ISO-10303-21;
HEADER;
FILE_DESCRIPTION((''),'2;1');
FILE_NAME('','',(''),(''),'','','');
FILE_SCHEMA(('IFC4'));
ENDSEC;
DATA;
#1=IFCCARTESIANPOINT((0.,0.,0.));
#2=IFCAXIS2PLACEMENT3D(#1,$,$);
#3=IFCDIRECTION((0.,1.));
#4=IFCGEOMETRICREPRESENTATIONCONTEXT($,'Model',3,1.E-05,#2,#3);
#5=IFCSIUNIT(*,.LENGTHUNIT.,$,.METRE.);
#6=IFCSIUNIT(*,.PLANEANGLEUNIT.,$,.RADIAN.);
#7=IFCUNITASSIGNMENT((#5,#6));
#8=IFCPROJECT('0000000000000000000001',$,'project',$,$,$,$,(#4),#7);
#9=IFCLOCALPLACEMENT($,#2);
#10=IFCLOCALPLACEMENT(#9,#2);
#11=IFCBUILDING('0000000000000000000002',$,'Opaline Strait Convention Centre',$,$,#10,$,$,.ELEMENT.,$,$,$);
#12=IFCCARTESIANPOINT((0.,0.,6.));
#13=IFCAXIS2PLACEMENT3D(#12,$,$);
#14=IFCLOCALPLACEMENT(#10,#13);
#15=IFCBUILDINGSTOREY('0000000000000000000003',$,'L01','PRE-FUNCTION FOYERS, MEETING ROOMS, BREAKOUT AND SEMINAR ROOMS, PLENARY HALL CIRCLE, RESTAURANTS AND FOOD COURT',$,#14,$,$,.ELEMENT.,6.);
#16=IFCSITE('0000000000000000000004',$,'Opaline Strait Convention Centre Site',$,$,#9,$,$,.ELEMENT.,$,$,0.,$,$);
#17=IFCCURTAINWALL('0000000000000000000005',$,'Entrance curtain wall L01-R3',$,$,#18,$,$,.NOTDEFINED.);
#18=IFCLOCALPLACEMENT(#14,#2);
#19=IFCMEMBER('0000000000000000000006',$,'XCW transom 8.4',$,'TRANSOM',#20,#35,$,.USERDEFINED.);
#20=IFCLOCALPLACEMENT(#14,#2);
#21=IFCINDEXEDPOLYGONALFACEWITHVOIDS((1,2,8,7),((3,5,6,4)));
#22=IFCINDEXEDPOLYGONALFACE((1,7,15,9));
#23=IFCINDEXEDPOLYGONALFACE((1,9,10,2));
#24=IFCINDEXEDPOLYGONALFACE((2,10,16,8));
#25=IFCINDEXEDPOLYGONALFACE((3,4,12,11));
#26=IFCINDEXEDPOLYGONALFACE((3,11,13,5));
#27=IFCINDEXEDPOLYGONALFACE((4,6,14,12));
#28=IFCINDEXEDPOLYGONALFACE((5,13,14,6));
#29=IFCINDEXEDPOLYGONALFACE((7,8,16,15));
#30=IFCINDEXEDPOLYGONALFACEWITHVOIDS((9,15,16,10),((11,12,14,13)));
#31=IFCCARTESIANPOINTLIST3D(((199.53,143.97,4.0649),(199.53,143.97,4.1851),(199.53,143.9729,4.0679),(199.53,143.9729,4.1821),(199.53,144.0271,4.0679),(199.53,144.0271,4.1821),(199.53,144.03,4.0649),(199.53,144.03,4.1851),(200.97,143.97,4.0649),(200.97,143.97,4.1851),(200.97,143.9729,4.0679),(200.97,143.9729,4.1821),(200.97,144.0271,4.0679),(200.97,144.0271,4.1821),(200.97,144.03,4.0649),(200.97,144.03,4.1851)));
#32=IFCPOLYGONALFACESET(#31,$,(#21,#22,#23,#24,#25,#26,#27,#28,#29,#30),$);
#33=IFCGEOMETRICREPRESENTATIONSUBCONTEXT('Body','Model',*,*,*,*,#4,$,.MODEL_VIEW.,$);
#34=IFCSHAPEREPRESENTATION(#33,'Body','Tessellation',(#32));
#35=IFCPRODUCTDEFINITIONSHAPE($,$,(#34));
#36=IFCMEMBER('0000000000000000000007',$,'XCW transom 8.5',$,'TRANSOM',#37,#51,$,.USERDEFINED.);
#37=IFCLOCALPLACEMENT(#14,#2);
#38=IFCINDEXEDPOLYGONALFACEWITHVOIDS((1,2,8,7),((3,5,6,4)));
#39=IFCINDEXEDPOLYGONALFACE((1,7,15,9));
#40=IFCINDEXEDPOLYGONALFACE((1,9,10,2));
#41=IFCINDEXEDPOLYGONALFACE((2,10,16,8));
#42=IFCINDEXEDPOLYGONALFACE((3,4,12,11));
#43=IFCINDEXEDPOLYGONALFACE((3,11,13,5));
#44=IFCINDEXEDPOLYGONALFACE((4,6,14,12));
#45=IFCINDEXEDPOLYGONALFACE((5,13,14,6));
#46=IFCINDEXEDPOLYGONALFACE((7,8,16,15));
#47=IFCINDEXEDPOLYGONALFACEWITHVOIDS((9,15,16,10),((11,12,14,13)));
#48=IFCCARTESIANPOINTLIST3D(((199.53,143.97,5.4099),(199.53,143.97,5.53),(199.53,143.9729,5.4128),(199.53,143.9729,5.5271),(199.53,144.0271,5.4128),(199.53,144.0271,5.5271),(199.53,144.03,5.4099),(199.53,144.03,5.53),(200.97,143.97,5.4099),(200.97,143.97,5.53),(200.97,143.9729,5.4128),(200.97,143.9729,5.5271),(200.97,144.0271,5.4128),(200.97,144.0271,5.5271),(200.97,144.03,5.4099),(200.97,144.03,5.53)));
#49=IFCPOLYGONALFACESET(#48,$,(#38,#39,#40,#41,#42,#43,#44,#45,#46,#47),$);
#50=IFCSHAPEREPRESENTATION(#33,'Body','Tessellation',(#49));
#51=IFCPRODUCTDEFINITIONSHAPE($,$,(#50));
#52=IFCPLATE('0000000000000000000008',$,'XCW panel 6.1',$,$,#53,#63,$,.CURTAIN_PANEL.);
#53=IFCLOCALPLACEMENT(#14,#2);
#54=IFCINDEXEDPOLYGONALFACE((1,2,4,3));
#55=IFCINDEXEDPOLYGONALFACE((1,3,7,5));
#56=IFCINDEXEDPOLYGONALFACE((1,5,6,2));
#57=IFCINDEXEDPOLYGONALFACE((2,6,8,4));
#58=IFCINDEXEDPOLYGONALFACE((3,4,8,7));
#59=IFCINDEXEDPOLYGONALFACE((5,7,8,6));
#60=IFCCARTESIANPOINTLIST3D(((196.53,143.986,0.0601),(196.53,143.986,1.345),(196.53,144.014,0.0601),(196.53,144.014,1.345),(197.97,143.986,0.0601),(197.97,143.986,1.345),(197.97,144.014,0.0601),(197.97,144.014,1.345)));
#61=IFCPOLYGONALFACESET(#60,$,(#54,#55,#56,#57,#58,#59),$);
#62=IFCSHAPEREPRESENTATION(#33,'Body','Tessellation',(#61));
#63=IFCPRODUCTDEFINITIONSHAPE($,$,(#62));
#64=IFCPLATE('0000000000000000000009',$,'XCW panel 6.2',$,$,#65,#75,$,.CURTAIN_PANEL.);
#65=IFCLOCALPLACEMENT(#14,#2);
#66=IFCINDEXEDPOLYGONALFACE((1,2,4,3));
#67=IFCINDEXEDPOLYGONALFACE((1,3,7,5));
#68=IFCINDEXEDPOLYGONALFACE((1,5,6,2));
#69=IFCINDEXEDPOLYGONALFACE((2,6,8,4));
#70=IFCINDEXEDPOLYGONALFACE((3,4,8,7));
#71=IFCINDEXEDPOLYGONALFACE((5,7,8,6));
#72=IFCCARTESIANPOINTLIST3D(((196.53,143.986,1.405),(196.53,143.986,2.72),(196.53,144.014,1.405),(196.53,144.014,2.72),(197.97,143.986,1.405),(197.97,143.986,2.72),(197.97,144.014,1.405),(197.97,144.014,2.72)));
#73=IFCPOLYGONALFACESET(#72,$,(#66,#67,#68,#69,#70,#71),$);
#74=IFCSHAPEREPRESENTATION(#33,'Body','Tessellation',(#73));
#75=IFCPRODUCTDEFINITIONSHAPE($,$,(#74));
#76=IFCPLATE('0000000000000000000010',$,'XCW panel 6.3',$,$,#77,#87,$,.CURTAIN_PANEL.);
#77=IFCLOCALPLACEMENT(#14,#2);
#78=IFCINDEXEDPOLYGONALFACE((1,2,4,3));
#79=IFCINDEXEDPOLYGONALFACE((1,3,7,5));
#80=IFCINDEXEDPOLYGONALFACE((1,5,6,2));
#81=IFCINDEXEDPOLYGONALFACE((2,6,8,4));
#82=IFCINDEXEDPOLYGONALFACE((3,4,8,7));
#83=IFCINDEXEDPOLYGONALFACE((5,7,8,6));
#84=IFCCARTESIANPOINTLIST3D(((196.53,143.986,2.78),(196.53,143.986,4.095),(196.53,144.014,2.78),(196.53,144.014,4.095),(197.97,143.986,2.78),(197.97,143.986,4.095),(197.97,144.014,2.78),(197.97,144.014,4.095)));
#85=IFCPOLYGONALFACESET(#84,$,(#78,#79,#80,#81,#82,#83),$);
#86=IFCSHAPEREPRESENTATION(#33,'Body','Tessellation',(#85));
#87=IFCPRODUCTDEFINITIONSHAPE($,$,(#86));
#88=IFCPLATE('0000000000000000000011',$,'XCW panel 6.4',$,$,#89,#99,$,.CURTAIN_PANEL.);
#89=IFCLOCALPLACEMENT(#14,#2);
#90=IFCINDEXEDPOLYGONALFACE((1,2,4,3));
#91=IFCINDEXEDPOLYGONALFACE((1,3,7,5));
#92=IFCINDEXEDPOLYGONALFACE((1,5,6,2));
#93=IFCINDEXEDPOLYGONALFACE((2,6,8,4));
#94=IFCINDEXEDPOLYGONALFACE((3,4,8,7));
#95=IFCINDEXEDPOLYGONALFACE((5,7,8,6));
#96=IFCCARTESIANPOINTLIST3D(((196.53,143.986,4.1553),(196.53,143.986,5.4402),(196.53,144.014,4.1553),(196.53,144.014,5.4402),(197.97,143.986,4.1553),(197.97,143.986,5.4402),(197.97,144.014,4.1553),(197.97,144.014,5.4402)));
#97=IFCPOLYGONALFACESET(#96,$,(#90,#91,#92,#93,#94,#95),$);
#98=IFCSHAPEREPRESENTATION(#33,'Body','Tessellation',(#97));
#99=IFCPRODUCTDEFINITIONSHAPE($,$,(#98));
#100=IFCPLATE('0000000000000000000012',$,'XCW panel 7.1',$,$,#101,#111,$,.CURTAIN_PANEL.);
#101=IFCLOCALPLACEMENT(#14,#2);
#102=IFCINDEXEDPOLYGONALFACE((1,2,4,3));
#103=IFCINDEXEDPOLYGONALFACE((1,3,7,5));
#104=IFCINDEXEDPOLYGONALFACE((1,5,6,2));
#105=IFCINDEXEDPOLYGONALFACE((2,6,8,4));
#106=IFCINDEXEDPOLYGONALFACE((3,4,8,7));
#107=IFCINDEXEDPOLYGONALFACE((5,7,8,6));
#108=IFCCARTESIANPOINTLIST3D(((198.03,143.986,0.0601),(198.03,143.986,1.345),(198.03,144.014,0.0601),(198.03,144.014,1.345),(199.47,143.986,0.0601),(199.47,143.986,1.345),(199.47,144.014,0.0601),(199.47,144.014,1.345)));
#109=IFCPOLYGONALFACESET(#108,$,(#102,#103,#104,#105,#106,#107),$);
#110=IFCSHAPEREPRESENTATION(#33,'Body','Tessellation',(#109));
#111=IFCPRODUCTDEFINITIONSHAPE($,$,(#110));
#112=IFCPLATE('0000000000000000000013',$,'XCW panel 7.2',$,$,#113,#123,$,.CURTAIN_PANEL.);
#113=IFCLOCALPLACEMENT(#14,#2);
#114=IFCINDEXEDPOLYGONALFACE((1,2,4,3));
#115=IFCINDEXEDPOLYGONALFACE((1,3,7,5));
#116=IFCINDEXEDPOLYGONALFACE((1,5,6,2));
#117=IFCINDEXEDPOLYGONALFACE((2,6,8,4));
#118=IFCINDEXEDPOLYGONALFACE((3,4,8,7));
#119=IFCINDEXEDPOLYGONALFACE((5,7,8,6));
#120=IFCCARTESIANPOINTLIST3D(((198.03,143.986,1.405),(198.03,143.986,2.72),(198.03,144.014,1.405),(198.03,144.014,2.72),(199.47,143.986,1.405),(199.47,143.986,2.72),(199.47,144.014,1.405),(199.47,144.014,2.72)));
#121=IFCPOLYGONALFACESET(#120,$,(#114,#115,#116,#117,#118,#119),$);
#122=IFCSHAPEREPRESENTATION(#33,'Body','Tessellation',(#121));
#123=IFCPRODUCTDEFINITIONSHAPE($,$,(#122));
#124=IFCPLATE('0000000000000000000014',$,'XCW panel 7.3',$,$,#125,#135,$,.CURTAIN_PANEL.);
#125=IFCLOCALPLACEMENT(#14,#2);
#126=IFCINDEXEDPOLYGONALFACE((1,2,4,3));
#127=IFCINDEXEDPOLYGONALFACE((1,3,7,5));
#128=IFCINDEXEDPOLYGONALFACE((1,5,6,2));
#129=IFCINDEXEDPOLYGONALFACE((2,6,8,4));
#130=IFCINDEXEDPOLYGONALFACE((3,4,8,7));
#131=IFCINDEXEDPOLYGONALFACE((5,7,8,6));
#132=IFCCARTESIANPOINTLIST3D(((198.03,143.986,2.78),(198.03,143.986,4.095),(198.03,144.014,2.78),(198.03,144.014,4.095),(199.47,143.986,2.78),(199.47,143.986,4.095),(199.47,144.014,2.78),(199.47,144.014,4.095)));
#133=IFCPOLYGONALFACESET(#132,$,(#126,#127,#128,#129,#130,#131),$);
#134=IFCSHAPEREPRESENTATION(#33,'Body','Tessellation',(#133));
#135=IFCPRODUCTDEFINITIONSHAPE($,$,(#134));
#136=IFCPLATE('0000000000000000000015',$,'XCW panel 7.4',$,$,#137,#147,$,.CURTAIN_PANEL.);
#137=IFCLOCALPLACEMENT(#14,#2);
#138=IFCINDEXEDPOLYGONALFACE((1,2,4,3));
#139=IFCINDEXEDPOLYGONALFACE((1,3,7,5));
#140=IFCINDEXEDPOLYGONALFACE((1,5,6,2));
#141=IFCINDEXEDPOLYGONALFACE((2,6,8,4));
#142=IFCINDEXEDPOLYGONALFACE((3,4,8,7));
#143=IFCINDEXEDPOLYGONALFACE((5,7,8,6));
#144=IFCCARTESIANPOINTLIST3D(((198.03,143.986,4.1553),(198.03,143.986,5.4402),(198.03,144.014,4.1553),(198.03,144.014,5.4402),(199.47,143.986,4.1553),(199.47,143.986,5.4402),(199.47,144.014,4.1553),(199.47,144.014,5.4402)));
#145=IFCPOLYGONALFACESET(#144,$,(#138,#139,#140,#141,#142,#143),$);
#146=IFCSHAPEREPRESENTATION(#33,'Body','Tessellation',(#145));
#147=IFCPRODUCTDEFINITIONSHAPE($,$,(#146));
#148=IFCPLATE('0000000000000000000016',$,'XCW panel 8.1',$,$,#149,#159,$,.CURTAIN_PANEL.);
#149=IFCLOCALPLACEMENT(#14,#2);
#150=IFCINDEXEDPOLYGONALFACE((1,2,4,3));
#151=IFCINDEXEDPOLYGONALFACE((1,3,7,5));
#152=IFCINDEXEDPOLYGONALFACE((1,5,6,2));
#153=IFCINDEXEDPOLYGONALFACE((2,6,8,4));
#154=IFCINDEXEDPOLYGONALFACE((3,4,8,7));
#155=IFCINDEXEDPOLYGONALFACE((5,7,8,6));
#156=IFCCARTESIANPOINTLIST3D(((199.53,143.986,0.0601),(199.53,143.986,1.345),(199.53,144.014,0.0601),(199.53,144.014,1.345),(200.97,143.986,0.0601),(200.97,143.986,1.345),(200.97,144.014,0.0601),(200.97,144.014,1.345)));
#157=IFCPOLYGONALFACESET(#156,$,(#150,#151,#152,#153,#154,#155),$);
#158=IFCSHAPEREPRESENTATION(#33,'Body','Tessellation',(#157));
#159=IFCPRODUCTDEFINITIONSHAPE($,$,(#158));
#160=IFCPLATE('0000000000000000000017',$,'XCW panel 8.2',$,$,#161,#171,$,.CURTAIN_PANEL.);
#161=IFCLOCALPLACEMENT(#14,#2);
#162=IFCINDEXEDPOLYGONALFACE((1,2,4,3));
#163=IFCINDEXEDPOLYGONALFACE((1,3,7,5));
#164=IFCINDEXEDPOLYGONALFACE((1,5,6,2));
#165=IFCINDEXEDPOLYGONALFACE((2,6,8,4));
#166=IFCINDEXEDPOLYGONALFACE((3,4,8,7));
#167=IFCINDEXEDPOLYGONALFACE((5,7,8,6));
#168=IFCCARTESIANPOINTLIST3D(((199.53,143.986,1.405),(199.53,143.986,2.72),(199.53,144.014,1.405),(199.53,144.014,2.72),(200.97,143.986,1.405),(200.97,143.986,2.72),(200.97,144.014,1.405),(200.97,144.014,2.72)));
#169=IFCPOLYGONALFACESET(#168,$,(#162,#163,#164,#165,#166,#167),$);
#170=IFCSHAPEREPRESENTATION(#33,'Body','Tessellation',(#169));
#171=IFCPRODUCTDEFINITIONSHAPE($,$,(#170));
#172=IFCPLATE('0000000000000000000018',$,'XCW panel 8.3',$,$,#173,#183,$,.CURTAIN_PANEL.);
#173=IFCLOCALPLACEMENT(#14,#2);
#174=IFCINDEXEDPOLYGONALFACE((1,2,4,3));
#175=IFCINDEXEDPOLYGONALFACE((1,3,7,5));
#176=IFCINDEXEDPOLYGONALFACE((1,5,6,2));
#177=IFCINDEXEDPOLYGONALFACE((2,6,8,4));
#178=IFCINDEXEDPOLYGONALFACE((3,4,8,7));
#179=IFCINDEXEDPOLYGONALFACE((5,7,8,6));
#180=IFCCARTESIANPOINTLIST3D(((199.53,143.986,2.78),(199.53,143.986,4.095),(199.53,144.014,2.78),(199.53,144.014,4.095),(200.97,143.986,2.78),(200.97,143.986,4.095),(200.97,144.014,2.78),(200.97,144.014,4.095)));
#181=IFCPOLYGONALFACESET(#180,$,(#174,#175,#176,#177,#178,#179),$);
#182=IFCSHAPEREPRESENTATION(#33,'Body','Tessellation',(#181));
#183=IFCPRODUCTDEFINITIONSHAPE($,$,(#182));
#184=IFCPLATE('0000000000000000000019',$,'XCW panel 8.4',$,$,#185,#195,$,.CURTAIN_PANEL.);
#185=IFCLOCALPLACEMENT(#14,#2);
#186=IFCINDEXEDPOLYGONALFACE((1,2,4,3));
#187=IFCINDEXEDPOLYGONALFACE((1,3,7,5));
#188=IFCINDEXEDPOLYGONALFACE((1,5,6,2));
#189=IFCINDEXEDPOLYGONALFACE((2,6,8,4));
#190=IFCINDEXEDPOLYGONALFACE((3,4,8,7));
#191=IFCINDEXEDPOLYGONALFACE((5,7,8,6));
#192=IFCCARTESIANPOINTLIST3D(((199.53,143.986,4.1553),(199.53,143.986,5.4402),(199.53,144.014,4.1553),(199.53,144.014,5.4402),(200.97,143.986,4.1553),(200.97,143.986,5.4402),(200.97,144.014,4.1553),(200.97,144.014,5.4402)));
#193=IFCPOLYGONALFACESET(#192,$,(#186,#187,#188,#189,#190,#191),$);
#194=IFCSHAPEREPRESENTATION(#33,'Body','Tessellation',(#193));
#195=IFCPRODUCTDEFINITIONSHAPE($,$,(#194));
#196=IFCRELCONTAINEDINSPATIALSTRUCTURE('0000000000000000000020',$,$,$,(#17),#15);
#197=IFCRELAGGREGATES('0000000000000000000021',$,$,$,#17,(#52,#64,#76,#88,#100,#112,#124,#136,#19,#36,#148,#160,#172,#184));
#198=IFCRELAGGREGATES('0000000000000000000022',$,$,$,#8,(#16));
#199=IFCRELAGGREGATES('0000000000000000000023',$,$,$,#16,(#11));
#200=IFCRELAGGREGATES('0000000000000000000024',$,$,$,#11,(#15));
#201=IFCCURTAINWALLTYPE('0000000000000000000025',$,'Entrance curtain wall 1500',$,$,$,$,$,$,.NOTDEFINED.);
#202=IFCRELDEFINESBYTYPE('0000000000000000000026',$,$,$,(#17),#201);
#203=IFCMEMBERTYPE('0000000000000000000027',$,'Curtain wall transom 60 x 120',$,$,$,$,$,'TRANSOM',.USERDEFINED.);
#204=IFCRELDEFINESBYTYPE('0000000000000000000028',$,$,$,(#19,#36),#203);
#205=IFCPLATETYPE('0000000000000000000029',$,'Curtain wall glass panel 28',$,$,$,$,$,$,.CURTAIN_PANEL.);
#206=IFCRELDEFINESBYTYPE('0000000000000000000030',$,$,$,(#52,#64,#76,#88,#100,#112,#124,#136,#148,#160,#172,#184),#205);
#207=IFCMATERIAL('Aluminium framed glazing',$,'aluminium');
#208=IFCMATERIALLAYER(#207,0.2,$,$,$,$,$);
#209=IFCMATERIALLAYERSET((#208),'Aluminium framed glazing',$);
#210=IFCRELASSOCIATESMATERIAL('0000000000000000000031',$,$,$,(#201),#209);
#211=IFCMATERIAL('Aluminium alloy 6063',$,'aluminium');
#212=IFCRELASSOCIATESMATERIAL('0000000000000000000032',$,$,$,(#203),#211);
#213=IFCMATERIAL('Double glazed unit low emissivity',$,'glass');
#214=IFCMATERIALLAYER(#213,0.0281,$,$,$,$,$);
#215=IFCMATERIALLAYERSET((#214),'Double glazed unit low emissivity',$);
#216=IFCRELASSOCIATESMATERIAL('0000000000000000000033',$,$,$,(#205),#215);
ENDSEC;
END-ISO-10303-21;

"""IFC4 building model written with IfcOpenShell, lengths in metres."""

from ifc_helpers import new_model, si_unit, direction, frame, origin, origin_2d, place, context, subcontext, project, spatial, rectangle, hollow_rectangle, extrude, material, layer, layer_set, material_profile, profile_set, type_object, element, aggregate, save


model = new_model("IFC4")

# Units and contexts
model_context = context("Model", 3, precision=1e-05, world=origin(), true_north=direction((0.0, 1.0)))
body_context = subcontext(model_context, "Body", "Model", "MODEL_VIEW")
ifc_project = project(units=[si_unit("LENGTHUNIT", "METRE"), si_unit("PLANEANGLEUNIT", "RADIAN")], contexts=[model_context])

# Site, building, storey
site_placement = place(None, origin())
site = spatial("IfcSite", under=ifc_project, at=site_placement, Name="Opaline Strait Convention Centre Site", CompositionType="ELEMENT", RefElevation=0.0)
building_placement = place(site_placement, origin())
building = spatial("IfcBuilding", under=site, at=building_placement, Name="Opaline Strait Convention Centre", CompositionType="ELEMENT")
storey_placement = place(building_placement, frame((0.0, 0.0, 6.0)))
storey = spatial("IfcBuildingStorey", under=building, at=storey_placement, Name="L01", Description="PRE-FUNCTION FOYERS, MEETING ROOMS, BREAKOUT AND SEMINAR ROOMS, PLENARY HALL CIRCLE, RESTAURANTS AND FOOD COURT", CompositionType="ELEMENT", Elevation=6.0)

# Curtain wall, members, plates
ifc_material_1 = material(Name="Aluminium framed glazing", Category="aluminium")
ifc_layer_1 = layer(ifc_material_1, 0.2)
ifc_layer_set_1 = layer_set([ifc_layer_1], Name="Aluminium framed glazing")
curtain_wall_type = type_object("IfcCurtainWallType", Name="Entrance curtain wall 1500", PredefinedType="NOTDEFINED", material=ifc_layer_set_1)
curtain_wall_placement = place(storey_placement, origin())
curtain_wall = element("IfcCurtainWall", 1, at=curtain_wall_placement, inside=storey, type_object=curtain_wall_type, Name="Entrance curtain wall L01-R3", PredefinedType="NOTDEFINED")
ifc_material_2 = material(Name="Aluminium alloy 6063", Category="aluminium")
ifc_material_profile_1 = material_profile(ifc_material_2, hollow_rectangle(XDim=0.0601, YDim=0.1201, WallThickness=0.0029, at=origin_2d()), Name="TRANSOM 60x120x3")
ifc_profile_set_1 = profile_set([ifc_material_profile_1], Name="Aluminium alloy 6063")
member_type_1 = type_object("IfcMemberType", Name="Curtain wall transom 60 x 120", ElementType="TRANSOM", PredefinedType="USERDEFINED", material=ifc_profile_set_1)
member_1_placement = place(storey_placement, frame((199.53, 144.0, 4.125), z_axis=(1.0, 0.0, 0.0), x_axis=(0.0, 1.0, 0.0)))
member_1 = element("IfcMember", 2, at=member_1_placement, type_object=member_type_1, Name="XCW transom 8.4", ObjectType="TRANSOM", PredefinedType="USERDEFINED", context=body_context, shape_type="SweptSolid", body=[
    extrude(hollow_rectangle(XDim=0.0601, YDim=0.1201, WallThickness=0.0029, at=origin_2d()), origin(), (0.0, 0.0, 1.0), 1.4399),
])
member_2_placement = place(storey_placement, frame((199.53, 144.0, 5.47), z_axis=(1.0, 0.0, 0.0), x_axis=(0.0, 1.0, 0.0)))
member_2 = element("IfcMember", 3, at=member_2_placement, type_object=member_type_1, Name="XCW transom 8.5", ObjectType="TRANSOM", PredefinedType="USERDEFINED", context=body_context, shape_type="SweptSolid", body=[
    extrude(hollow_rectangle(XDim=0.0601, YDim=0.1201, WallThickness=0.0029, at=origin_2d()), origin(), (0.0, 0.0, 1.0), 1.4399),
])
ifc_material_3 = material(Name="Double glazed unit low emissivity", Category="glass")
ifc_layer_2 = layer(ifc_material_3, 0.0281)
ifc_layer_set_2 = layer_set([ifc_layer_2], Name="Double glazed unit low emissivity")
plate_type = type_object("IfcPlateType", Name="Curtain wall glass panel 28", PredefinedType="CURTAIN_PANEL", material=ifc_layer_set_2)
plate_1_placement = place(storey_placement, frame((197.25, 144.0, 0.0601), z_axis=(0.0, 0.0, 1.0), x_axis=(1.0, 0.0, 0.0)))
plate_1 = element("IfcPlate", 4, at=plate_1_placement, type_object=plate_type, Name="XCW panel 6.1", PredefinedType="CURTAIN_PANEL", context=body_context, shape_type="SweptSolid", body=[
    extrude(rectangle(XDim=1.4399, YDim=0.0281, at=origin_2d()), origin(), (0.0, 0.0, 1.0), 1.2849),
])
plate_2_placement = place(storey_placement, frame((197.25, 144.0, 1.405), z_axis=(0.0, 0.0, 1.0), x_axis=(1.0, 0.0, 0.0)))
plate_2 = element("IfcPlate", 5, at=plate_2_placement, type_object=plate_type, Name="XCW panel 6.2", PredefinedType="CURTAIN_PANEL", context=body_context, shape_type="SweptSolid", body=[
    extrude(rectangle(XDim=1.4399, YDim=0.0281, at=origin_2d()), origin(), (0.0, 0.0, 1.0), 1.3149),
])
plate_3_placement = place(storey_placement, frame((197.25, 144.0, 2.78), z_axis=(0.0, 0.0, 1.0), x_axis=(1.0, 0.0, 0.0)))
plate_3 = element("IfcPlate", 6, at=plate_3_placement, type_object=plate_type, Name="XCW panel 6.3", PredefinedType="CURTAIN_PANEL", context=body_context, shape_type="SweptSolid", body=[
    extrude(rectangle(XDim=1.4399, YDim=0.0281, at=origin_2d()), origin(), (0.0, 0.0, 1.0), 1.3149),
])
plate_4_placement = place(storey_placement, frame((197.25, 144.0, 4.1553), z_axis=(0.0, 0.0, 1.0), x_axis=(1.0, 0.0, 0.0)))
plate_4 = element("IfcPlate", 7, at=plate_4_placement, type_object=plate_type, Name="XCW panel 6.4", PredefinedType="CURTAIN_PANEL", context=body_context, shape_type="SweptSolid", body=[
    extrude(rectangle(XDim=1.4399, YDim=0.0281, at=origin_2d()), origin(), (0.0, 0.0, 1.0), 1.2849),
])
plate_5_placement = place(storey_placement, frame((198.75, 144.0, 0.0601), z_axis=(0.0, 0.0, 1.0), x_axis=(1.0, 0.0, 0.0)))
plate_5 = element("IfcPlate", 8, at=plate_5_placement, type_object=plate_type, Name="XCW panel 7.1", PredefinedType="CURTAIN_PANEL", context=body_context, shape_type="SweptSolid", body=[
    extrude(rectangle(XDim=1.4399, YDim=0.0281, at=origin_2d()), origin(), (0.0, 0.0, 1.0), 1.2849),
])
plate_6_placement = place(storey_placement, frame((198.75, 144.0, 1.405), z_axis=(0.0, 0.0, 1.0), x_axis=(1.0, 0.0, 0.0)))
plate_6 = element("IfcPlate", 9, at=plate_6_placement, type_object=plate_type, Name="XCW panel 7.2", PredefinedType="CURTAIN_PANEL", context=body_context, shape_type="SweptSolid", body=[
    extrude(rectangle(XDim=1.4399, YDim=0.0281, at=origin_2d()), origin(), (0.0, 0.0, 1.0), 1.3149),
])
plate_7_placement = place(storey_placement, frame((198.75, 144.0, 2.78), z_axis=(0.0, 0.0, 1.0), x_axis=(1.0, 0.0, 0.0)))
plate_7 = element("IfcPlate", 10, at=plate_7_placement, type_object=plate_type, Name="XCW panel 7.3", PredefinedType="CURTAIN_PANEL", context=body_context, shape_type="SweptSolid", body=[
    extrude(rectangle(XDim=1.4399, YDim=0.0281, at=origin_2d()), origin(), (0.0, 0.0, 1.0), 1.3149),
])
plate_8_placement = place(storey_placement, frame((198.75, 144.0, 4.1553), z_axis=(0.0, 0.0, 1.0), x_axis=(1.0, 0.0, 0.0)))
plate_8 = element("IfcPlate", 11, at=plate_8_placement, type_object=plate_type, Name="XCW panel 7.4", PredefinedType="CURTAIN_PANEL", context=body_context, shape_type="SweptSolid", body=[
    extrude(rectangle(XDim=1.4399, YDim=0.0281, at=origin_2d()), origin(), (0.0, 0.0, 1.0), 1.2849),
])
plate_9_placement = place(storey_placement, frame((200.25, 144.0, 0.0601), z_axis=(0.0, 0.0, 1.0), x_axis=(1.0, 0.0, 0.0)))
plate_9 = element("IfcPlate", 12, at=plate_9_placement, type_object=plate_type, Name="XCW panel 8.1", PredefinedType="CURTAIN_PANEL", context=body_context, shape_type="SweptSolid", body=[
    extrude(rectangle(XDim=1.4399, YDim=0.0281, at=origin_2d()), origin(), (0.0, 0.0, 1.0), 1.2849),
])
plate_10_placement = place(storey_placement, frame((200.25, 144.0, 1.405), z_axis=(0.0, 0.0, 1.0), x_axis=(1.0, 0.0, 0.0)))
plate_10 = element("IfcPlate", 13, at=plate_10_placement, type_object=plate_type, Name="XCW panel 8.2", PredefinedType="CURTAIN_PANEL", context=body_context, shape_type="SweptSolid", body=[
    extrude(rectangle(XDim=1.4399, YDim=0.0281, at=origin_2d()), origin(), (0.0, 0.0, 1.0), 1.3149),
])
plate_11_placement = place(storey_placement, frame((200.25, 144.0, 2.78), z_axis=(0.0, 0.0, 1.0), x_axis=(1.0, 0.0, 0.0)))
plate_11 = element("IfcPlate", 14, at=plate_11_placement, type_object=plate_type, Name="XCW panel 8.3", PredefinedType="CURTAIN_PANEL", context=body_context, shape_type="SweptSolid", body=[
    extrude(rectangle(XDim=1.4399, YDim=0.0281, at=origin_2d()), origin(), (0.0, 0.0, 1.0), 1.3149),
])
plate_12_placement = place(storey_placement, frame((200.25, 144.0, 4.1553), z_axis=(0.0, 0.0, 1.0), x_axis=(1.0, 0.0, 0.0)))
plate_12 = element("IfcPlate", 15, at=plate_12_placement, type_object=plate_type, Name="XCW panel 8.4", PredefinedType="CURTAIN_PANEL", context=body_context, shape_type="SweptSolid", body=[
    extrude(rectangle(XDim=1.4399, YDim=0.0281, at=origin_2d()), origin(), (0.0, 0.0, 1.0), 1.2849),
])
aggregate(curtain_wall, [plate_1, plate_2, plate_3, plate_4, plate_5, plate_6, plate_7, plate_8, member_1, member_2, plate_9, plate_10, plate_11, plate_12])

save(model, "model.ifc")
